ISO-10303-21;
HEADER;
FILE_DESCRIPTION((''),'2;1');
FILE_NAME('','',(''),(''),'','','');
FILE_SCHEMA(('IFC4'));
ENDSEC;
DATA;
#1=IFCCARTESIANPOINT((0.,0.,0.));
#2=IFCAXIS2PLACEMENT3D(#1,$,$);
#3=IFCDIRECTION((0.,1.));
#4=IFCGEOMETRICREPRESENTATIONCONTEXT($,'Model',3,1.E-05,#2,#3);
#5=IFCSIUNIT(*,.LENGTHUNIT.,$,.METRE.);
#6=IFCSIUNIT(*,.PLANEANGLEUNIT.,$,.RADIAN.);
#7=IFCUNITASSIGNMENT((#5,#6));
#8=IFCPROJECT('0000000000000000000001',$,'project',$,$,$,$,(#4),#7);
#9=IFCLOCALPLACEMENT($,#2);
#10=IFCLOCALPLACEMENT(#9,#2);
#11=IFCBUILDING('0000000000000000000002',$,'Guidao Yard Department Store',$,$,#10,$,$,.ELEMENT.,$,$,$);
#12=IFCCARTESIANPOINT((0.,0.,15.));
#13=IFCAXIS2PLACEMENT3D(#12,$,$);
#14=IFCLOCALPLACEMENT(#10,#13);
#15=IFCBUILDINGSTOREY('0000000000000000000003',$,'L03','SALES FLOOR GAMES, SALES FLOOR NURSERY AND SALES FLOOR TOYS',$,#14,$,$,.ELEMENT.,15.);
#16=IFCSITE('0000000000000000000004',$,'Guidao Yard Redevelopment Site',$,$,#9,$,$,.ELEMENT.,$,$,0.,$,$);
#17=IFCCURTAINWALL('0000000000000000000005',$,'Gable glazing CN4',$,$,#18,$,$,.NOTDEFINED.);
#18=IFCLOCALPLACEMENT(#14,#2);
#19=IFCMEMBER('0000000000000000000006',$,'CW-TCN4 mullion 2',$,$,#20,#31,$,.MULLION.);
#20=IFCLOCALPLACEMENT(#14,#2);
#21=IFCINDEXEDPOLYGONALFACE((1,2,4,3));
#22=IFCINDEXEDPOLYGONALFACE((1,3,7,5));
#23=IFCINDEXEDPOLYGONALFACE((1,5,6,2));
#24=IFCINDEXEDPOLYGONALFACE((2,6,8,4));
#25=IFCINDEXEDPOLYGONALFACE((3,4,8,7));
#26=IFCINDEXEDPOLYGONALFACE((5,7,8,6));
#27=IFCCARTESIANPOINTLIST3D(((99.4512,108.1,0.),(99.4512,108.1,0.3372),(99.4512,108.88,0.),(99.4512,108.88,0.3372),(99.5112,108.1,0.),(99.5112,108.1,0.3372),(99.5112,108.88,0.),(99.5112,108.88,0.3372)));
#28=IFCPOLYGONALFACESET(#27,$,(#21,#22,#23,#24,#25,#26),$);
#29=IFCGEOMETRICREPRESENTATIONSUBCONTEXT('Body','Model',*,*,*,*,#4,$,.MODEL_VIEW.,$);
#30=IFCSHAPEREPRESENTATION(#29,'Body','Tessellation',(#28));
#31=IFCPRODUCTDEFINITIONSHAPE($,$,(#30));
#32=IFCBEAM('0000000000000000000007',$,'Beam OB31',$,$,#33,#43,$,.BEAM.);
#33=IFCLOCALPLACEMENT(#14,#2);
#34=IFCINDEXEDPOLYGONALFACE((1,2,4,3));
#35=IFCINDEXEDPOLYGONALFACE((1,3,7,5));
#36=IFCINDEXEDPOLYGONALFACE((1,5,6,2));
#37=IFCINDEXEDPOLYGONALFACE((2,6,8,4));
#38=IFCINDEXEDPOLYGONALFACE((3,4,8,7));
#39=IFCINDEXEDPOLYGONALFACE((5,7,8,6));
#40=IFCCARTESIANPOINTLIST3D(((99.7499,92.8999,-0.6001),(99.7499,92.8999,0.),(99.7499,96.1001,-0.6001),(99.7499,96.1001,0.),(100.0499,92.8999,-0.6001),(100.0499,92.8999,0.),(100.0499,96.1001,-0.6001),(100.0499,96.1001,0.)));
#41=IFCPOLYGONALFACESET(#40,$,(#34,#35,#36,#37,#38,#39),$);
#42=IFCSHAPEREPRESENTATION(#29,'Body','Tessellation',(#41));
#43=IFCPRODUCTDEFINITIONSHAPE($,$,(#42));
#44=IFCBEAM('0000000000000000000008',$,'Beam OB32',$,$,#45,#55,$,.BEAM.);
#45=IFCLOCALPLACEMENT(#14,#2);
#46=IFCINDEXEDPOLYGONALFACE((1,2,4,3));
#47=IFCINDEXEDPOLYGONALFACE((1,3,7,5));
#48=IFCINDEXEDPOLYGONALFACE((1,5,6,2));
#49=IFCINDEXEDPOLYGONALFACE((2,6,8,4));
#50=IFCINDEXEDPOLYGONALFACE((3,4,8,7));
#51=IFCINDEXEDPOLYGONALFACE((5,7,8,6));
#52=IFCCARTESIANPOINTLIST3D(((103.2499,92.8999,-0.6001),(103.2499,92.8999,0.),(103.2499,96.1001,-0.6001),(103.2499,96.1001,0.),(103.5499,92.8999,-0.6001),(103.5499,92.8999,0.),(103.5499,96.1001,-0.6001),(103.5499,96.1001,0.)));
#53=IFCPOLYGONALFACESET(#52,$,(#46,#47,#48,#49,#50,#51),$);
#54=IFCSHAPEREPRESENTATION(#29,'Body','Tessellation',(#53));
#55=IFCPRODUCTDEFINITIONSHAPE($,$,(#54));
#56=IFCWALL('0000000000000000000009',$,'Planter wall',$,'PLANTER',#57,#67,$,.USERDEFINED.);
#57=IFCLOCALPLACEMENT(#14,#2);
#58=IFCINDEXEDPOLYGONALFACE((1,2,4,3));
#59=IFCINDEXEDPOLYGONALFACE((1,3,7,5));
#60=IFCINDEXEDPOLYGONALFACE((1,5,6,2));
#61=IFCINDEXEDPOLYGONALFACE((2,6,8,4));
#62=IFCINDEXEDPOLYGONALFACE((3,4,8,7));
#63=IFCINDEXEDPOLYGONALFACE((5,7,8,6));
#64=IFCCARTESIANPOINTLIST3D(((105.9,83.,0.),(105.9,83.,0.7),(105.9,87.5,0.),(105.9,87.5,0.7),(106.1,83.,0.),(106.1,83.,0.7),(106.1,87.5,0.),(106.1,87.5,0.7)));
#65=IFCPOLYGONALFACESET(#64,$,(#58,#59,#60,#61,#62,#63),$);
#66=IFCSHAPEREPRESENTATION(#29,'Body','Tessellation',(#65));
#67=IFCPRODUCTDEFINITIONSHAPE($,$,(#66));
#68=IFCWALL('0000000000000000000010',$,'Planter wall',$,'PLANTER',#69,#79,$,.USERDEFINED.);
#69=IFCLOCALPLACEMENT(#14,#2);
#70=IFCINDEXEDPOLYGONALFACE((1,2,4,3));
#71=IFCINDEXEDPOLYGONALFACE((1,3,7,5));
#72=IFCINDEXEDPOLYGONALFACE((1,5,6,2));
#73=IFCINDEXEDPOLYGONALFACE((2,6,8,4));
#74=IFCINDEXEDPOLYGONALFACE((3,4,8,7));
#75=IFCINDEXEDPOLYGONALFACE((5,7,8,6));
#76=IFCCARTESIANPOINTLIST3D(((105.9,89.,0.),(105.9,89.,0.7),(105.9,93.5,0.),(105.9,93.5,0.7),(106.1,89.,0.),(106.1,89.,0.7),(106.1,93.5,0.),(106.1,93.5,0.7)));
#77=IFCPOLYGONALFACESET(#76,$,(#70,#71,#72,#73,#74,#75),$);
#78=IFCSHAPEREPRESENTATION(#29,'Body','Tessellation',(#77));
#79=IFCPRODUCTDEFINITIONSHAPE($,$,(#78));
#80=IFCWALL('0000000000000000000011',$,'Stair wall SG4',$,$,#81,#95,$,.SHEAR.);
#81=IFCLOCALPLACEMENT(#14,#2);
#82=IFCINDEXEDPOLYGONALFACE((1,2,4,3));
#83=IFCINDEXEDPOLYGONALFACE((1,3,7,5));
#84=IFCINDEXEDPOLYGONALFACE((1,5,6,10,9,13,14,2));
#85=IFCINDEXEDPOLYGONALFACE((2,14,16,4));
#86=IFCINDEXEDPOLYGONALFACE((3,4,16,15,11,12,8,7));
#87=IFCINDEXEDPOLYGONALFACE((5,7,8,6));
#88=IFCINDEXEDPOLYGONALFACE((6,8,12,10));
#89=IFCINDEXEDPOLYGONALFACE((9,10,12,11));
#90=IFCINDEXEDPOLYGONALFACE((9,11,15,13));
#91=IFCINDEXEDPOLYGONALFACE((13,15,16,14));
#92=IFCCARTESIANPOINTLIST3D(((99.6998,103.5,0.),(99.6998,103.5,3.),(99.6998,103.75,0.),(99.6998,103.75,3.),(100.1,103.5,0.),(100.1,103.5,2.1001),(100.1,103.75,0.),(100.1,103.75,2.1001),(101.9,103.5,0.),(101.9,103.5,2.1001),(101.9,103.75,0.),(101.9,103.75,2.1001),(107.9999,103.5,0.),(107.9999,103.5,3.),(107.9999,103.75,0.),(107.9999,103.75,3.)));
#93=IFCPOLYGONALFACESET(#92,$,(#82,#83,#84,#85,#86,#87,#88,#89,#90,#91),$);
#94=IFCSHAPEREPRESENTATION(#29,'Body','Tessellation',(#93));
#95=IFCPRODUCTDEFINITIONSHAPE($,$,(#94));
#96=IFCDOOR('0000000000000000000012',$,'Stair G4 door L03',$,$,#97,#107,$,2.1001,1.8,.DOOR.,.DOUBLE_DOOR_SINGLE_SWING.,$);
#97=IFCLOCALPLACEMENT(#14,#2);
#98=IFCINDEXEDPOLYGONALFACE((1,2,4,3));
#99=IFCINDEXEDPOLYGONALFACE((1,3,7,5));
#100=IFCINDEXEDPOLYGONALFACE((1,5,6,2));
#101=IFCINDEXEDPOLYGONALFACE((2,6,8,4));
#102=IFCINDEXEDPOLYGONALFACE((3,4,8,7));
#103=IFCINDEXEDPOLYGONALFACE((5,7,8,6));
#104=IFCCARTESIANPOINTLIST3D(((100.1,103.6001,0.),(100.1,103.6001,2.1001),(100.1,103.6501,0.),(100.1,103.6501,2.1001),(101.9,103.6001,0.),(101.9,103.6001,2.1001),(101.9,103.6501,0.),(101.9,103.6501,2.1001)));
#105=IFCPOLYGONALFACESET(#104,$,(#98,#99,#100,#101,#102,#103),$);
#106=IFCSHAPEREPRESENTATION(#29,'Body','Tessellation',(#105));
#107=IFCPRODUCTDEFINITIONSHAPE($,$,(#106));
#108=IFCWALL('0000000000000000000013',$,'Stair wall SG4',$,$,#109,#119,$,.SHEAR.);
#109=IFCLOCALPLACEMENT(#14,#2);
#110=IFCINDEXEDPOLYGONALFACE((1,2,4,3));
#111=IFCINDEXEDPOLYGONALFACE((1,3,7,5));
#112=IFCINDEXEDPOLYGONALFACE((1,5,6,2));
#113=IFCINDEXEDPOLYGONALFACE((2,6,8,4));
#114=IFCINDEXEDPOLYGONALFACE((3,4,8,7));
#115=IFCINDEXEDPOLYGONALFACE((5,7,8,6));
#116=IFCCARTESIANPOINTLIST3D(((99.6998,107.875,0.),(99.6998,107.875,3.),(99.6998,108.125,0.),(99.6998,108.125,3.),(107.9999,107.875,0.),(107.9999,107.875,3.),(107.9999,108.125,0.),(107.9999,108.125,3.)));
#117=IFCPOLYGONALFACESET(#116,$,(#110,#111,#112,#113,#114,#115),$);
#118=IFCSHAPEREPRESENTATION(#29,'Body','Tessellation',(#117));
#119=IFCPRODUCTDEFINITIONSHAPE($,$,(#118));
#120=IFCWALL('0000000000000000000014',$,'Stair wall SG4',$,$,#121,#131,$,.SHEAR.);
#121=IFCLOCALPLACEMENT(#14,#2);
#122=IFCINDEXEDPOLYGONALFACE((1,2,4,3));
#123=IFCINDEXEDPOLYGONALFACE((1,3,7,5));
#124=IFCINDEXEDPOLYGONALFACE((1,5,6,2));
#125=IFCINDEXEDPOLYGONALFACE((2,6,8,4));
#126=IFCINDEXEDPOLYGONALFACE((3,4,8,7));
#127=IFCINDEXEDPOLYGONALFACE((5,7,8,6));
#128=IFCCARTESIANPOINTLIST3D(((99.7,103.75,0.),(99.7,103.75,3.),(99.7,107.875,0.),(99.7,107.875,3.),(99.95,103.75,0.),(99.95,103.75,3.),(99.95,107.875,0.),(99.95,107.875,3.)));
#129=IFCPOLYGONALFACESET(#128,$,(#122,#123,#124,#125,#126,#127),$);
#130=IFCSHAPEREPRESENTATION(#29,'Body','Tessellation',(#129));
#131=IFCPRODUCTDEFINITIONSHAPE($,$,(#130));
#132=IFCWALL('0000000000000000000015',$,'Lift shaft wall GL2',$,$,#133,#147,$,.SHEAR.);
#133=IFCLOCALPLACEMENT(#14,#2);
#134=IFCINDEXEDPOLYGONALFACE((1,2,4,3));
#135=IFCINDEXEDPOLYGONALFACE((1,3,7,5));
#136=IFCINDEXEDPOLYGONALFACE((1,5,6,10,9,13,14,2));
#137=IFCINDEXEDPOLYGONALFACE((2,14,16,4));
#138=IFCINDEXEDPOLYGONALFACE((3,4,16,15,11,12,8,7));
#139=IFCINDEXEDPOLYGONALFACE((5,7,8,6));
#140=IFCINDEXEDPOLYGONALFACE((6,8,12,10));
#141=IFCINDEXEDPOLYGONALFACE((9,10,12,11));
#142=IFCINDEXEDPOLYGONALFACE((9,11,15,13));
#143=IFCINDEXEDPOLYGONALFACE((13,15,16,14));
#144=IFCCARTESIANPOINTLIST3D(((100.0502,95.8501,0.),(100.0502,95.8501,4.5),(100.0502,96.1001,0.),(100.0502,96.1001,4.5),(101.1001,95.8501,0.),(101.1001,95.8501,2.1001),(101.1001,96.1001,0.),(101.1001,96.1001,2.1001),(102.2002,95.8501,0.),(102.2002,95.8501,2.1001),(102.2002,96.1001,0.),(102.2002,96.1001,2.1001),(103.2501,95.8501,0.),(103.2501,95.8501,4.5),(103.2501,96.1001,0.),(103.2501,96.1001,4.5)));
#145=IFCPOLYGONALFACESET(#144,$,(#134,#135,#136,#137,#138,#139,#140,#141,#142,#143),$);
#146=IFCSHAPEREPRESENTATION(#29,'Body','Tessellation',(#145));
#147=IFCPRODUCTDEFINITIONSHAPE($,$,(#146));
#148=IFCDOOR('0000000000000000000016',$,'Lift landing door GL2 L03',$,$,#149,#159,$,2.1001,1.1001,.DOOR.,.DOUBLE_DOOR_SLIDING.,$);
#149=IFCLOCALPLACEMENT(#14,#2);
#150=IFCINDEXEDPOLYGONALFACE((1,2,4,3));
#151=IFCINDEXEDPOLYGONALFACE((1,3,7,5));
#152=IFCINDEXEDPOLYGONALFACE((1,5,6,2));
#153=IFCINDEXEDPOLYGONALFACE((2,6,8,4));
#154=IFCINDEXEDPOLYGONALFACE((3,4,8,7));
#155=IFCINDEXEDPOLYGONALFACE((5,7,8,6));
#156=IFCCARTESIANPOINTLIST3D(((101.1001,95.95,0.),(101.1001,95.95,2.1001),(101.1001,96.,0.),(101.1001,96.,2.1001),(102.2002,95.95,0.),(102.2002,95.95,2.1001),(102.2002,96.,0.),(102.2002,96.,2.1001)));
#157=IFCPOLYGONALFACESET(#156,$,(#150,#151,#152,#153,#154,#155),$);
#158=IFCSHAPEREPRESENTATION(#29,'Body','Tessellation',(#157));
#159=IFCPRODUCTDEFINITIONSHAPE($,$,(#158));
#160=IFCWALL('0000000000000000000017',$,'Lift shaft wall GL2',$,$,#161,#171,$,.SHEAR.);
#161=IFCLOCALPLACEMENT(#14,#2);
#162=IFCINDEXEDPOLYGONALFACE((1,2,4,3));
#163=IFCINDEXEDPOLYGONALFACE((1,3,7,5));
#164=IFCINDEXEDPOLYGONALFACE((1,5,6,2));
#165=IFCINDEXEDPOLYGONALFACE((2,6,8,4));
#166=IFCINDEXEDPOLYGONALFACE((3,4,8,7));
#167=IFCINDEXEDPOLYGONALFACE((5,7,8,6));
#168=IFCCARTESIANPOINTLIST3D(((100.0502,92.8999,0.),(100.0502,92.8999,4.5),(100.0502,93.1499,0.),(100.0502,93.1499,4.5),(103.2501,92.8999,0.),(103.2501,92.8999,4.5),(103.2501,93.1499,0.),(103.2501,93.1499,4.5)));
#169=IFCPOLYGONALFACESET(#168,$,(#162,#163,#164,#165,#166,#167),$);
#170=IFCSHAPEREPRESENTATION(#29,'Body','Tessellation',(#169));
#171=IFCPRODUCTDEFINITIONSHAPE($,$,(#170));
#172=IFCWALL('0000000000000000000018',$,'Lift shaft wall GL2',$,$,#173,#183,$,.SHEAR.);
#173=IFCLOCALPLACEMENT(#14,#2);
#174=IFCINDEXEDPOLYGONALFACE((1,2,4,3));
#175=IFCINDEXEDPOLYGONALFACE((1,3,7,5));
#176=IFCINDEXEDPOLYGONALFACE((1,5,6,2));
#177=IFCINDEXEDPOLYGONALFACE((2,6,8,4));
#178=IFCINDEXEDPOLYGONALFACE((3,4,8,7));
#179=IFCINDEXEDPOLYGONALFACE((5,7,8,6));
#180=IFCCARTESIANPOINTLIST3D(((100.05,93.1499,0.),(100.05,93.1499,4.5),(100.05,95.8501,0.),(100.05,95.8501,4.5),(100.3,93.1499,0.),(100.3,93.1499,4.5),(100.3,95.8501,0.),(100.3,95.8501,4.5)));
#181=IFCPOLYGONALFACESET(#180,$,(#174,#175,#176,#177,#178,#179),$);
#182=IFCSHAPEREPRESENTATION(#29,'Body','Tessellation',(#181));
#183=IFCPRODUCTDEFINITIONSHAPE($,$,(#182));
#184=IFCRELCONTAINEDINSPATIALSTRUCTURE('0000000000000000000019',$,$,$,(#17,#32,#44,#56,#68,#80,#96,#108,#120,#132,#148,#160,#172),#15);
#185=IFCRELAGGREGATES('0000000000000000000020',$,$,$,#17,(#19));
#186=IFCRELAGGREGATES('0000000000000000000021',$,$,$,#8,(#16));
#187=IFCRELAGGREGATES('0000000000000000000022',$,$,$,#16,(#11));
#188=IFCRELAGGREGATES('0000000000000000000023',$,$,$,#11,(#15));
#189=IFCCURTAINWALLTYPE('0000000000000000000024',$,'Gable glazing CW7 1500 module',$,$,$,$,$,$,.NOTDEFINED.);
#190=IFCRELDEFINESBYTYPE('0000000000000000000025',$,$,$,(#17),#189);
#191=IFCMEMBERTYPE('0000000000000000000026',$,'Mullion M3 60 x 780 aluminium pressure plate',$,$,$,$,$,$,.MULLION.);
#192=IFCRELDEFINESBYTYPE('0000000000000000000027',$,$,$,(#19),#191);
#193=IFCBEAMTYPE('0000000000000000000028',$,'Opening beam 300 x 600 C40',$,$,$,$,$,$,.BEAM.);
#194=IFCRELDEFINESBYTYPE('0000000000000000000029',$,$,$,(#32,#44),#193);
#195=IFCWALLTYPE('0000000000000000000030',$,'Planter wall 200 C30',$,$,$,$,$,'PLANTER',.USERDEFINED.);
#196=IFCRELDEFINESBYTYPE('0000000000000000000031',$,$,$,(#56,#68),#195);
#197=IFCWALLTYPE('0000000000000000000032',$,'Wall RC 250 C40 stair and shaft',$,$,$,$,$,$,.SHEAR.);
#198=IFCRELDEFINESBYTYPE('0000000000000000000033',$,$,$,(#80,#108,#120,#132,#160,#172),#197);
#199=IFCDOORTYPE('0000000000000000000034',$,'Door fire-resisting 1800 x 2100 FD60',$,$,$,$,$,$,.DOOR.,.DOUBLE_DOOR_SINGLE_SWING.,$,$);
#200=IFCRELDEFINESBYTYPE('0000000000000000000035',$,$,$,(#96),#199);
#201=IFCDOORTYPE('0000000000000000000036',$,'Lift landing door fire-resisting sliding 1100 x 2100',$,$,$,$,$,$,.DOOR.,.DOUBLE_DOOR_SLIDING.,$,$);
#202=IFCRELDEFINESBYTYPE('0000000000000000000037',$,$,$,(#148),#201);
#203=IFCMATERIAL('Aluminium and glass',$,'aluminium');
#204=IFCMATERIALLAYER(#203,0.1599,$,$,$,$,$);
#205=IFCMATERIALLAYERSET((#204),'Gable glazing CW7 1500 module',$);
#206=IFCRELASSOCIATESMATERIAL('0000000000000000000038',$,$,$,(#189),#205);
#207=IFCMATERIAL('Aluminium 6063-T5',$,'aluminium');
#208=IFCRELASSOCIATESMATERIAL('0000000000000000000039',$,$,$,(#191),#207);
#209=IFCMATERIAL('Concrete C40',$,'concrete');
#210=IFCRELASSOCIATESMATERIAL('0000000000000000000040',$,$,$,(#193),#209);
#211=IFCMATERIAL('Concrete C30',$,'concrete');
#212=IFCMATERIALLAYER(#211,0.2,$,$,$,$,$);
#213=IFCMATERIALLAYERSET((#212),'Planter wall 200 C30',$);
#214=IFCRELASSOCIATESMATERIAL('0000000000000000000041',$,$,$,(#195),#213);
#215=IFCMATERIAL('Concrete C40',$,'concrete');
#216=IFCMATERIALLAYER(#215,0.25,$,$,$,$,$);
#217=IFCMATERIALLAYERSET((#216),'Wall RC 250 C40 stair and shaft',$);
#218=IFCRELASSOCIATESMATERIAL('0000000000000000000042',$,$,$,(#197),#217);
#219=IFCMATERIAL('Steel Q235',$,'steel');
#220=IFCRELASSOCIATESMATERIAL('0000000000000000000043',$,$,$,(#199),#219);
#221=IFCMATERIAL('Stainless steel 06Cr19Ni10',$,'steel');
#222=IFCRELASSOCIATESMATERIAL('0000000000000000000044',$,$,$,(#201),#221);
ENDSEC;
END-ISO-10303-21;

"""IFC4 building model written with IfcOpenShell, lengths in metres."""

from ifc_helpers import new_model, si_unit, direction, frame, frame_2d, origin, origin_2d, place, context, subcontext, project, spatial, rectangle, extrude, material, layer, layer_set, material_profile, profile_set, type_object, element, fill, aggregate, save


model = new_model("IFC4")

# Units and contexts
model_context = context("Model", 3, precision=1e-05, world=origin(), true_north=direction((0.0, 1.0)))
body_context = subcontext(model_context, "Body", "Model", "MODEL_VIEW")
ifc_project = project(units=[si_unit("LENGTHUNIT", "METRE"), si_unit("PLANEANGLEUNIT", "RADIAN")], contexts=[model_context])

# Site, building, storey
site_placement = place(None, origin())
site = spatial("IfcSite", under=ifc_project, at=site_placement, Name="Guidao Yard Redevelopment Site", CompositionType="ELEMENT", RefElevation=0.0)
building_placement = place(site_placement, origin())
building = spatial("IfcBuilding", under=site, at=building_placement, Name="Guidao Yard Department Store", CompositionType="ELEMENT")
storey_placement = place(building_placement, frame((0.0, 0.0, 15.0)))
storey = spatial("IfcBuildingStorey", under=building, at=storey_placement, Name="L03", Description="SALES FLOOR GAMES, SALES FLOOR NURSERY AND SALES FLOOR TOYS", CompositionType="ELEMENT", Elevation=15.0)

# Curtain wall, member
ifc_material_1 = material(Name="Aluminium and glass", Category="aluminium")
ifc_layer_1 = layer(ifc_material_1, 0.1599)
ifc_layer_set_1 = layer_set([ifc_layer_1], Name="Gable glazing CW7 1500 module")
curtain_wall_type = type_object("IfcCurtainWallType", Name="Gable glazing CW7 1500 module", PredefinedType="NOTDEFINED", material=ifc_layer_set_1)
curtain_wall_placement = place(storey_placement, origin())
curtain_wall = element("IfcCurtainWall", 1, at=curtain_wall_placement, inside=storey, type_object=curtain_wall_type, Name="Gable glazing CN4", PredefinedType="NOTDEFINED")
ifc_material_2 = material(Name="Aluminium 6063-T5", Category="aluminium")
ifc_material_profile_1 = material_profile(ifc_material_2, rectangle(XDim=0.0601, YDim=0.78, at=origin_2d()), Name="Mullion M3 60 x 780 aluminium pressure plate")
ifc_profile_set_1 = profile_set([ifc_material_profile_1], Name="Aluminium 6063-T5")
member_type = type_object("IfcMemberType", Name="Mullion M3 60 x 780 aluminium pressure plate", PredefinedType="MULLION", material=ifc_profile_set_1)
member_placement = place(storey_placement, frame((99.4812, 108.49, 0.0), z_axis=(0.0, 0.0, 1.0), x_axis=(1.0, 0.0, 0.0)))
member = element("IfcMember", 2, at=member_placement, type_object=member_type, Name="CW-TCN4 mullion 2", PredefinedType="MULLION", context=body_context, shape_type="SweptSolid", body=[
    extrude(rectangle(XDim=0.0601, YDim=0.78, at=origin_2d()), origin(), (0.0, 0.0, 1.0), 0.3372),
])
aggregate(curtain_wall, [member])

# Beams
ifc_material_3 = material(Name="Concrete C40", Category="concrete")
ifc_material_profile_2 = material_profile(ifc_material_3, rectangle(XDim=0.3, YDim=0.6001, at=origin_2d()), Name="Opening beam 300 x 600 C40")
ifc_profile_set_2 = profile_set([ifc_material_profile_2], Name="Concrete C40")
beam_type = type_object("IfcBeamType", Name="Opening beam 300 x 600 C40", PredefinedType="BEAM", material=ifc_profile_set_2)
for number, where, z_axis, x_axis, name in (
    (3, (99.8999, 92.8999, -0.3), (0.0, 1.0, 0.0), (-1.0, 0.0, 0.0), "Beam OB31"),
    (4, (103.3999, 92.8999, -0.3), (0.0, 1.0, 0.0), (-1.0, 0.0, 0.0), "Beam OB32"),
):
    element("IfcBeam", number, at=place(storey_placement, frame(where, z_axis=z_axis, x_axis=x_axis)), inside=storey, type_object=beam_type, Name=name, PredefinedType="BEAM", context=body_context, shape_type="SweptSolid", body=[
        extrude(rectangle(XDim=0.3, YDim=0.6001, at=origin_2d()), origin(), (0.0, 0.0, 1.0), 3.2002),
    ])

# Walls
ifc_material_4 = material(Name="Concrete C30", Category="concrete")
ifc_layer_2 = layer(ifc_material_4, 0.2)
ifc_layer_set_2 = layer_set([ifc_layer_2], Name="Planter wall 200 C30")
wall_type_1 = type_object("IfcWallType", Name="Planter wall 200 C30", ElementType="PLANTER", PredefinedType="USERDEFINED", material=ifc_layer_set_2)
for number, where, z_axis, x_axis, name in (
    (5, (106.0, 83.0, 0.0), (0.0, 0.0, 1.0), (0.0, 1.0, 0.0), "Planter wall"),
    (6, (106.0, 89.0, 0.0), (0.0, 0.0, 1.0), (0.0, 1.0, 0.0), "Planter wall"),
):
    element("IfcWall", number, at=place(storey_placement, frame(where, z_axis=z_axis, x_axis=x_axis)), inside=storey, type_object=wall_type_1, Name=name, ObjectType="PLANTER", PredefinedType="USERDEFINED", context=body_context, shape_type="SweptSolid", body=[
        extrude(rectangle(XDim=4.5, YDim=0.2, at=frame_2d((2.25, 0.0))), origin(), (0.0, 0.0, 1.0), 0.7),
    ])

# Wall, opening, door
ifc_material_5 = material(Name="Concrete C40", Category="concrete")
ifc_layer_3 = layer(ifc_material_5, 0.25)
ifc_layer_set_3 = layer_set([ifc_layer_3], Name="Wall RC 250 C40 stair and shaft")
wall_type_2 = type_object("IfcWallType", Name="Wall RC 250 C40 stair and shaft", PredefinedType="SHEAR", material=ifc_layer_set_3)
wall_1_placement = place(storey_placement, frame((99.7, 103.625, 0.0), z_axis=(0.0, 0.0, 1.0), x_axis=(1.0, 0.0, 0.0)))
wall_1 = element("IfcWall", 7, at=wall_1_placement, inside=storey, type_object=wall_type_2, Name="Stair wall SG4", PredefinedType="SHEAR", context=body_context, shape_type="SweptSolid", body=[
    extrude(rectangle(XDim=8.3, YDim=0.25, at=frame_2d((4.1499, 0.0))), origin(), (0.0, 0.0, 1.0), 3.0),
])
opening_1_placement = place(wall_1_placement, frame((2.2, 0.0, 0.0), z_axis=(0.0, 0.0, 1.0), x_axis=(-1.0, 0.0, 0.0)))
opening_1 = element("IfcOpeningElement", 8, at=opening_1_placement, cuts=wall_1, PredefinedType="OPENING", context=body_context, shape_type="SweptSolid", body=[
    extrude(rectangle(XDim=1.8, YDim=2.1001, at=frame_2d((0.8999, 1.05))), frame((0.0, 0.135, 0.0), z_axis=(0.0, -1.0, 0.0), x_axis=(1.0, 0.0, 0.0)), (0.0, 0.0, 1.0), 0.27),
])
ifc_material_6 = material(Name="Steel Q235", Category="steel")
door_type_1 = type_object("IfcDoorType", Name="Door fire-resisting 1800 x 2100 FD60", OperationType="DOUBLE_DOOR_SINGLE_SWING", PredefinedType="DOOR", material=ifc_material_6)
door_1_placement = place(opening_1_placement, origin())
door_1 = element("IfcDoor", 9, at=door_1_placement, inside=storey, type_object=door_type_1, Name="Stair G4 door L03", OperationType="DOUBLE_DOOR_SINGLE_SWING", OverallHeight=2.1001, OverallWidth=1.8, PredefinedType="DOOR", context=body_context, shape_type="SweptSolid", body=[
    extrude(rectangle(XDim=1.8, YDim=2.1001, at=frame_2d((0.8999, 1.05))), frame((0.0, 0.0249, 0.0), z_axis=(0.0, -1.0, 0.0), x_axis=(1.0, 0.0, 0.0)), (0.0, 0.0, 1.0), 0.05),
])
fill(opening_1, door_1)

# Walls
wall_2_placement = place(storey_placement, frame((99.7, 108.0, 0.0), z_axis=(0.0, 0.0, 1.0), x_axis=(1.0, 0.0, 0.0)))
element("IfcWall", 10, at=wall_2_placement, inside=storey, type_object=wall_type_2, Name="Stair wall SG4", PredefinedType="SHEAR", context=body_context, shape_type="SweptSolid", body=[
    extrude(rectangle(XDim=8.3, YDim=0.25, at=frame_2d((4.1499, 0.0))), origin(), (0.0, 0.0, 1.0), 3.0),
])
wall_3_placement = place(storey_placement, frame((99.825, 103.75, 0.0), z_axis=(0.0, 0.0, 1.0), x_axis=(0.0, 1.0, 0.0)))
element("IfcWall", 11, at=wall_3_placement, inside=storey, type_object=wall_type_2, Name="Stair wall SG4", PredefinedType="SHEAR", context=body_context, shape_type="SweptSolid", body=[
    extrude(rectangle(XDim=4.125, YDim=0.25, at=frame_2d((2.0625, 0.0))), origin(), (0.0, 0.0, 1.0), 3.0),
])

# Wall, opening, door
wall_4_placement = place(storey_placement, frame((100.05, 95.9751, 0.0), z_axis=(0.0, 0.0, 1.0), x_axis=(1.0, 0.0, 0.0)))
wall_4 = element("IfcWall", 12, at=wall_4_placement, inside=storey, type_object=wall_type_2, Name="Lift shaft wall GL2", PredefinedType="SHEAR", context=body_context, shape_type="SweptSolid", body=[
    extrude(rectangle(XDim=3.2, YDim=0.25, at=frame_2d((1.6001, 0.0))), origin(), (0.0, 0.0, 1.0), 4.5),
])
opening_2_placement = place(wall_4_placement, frame((1.05, 0.0, 0.0)))
opening_2 = element("IfcOpeningElement", 13, at=opening_2_placement, cuts=wall_4, PredefinedType="OPENING", context=body_context, shape_type="SweptSolid", body=[
    extrude(rectangle(XDim=1.1001, YDim=2.1001, at=frame_2d((0.55, 1.05))), frame((0.0, 0.135, 0.0), z_axis=(0.0, -1.0, 0.0), x_axis=(1.0, 0.0, 0.0)), (0.0, 0.0, 1.0), 0.27),
])
ifc_material_7 = material(Name="Stainless steel 06Cr19Ni10", Category="steel")
door_type_2 = type_object("IfcDoorType", Name="Lift landing door fire-resisting sliding 1100 x 2100", OperationType="DOUBLE_DOOR_SLIDING", PredefinedType="DOOR", material=ifc_material_7)
door_2_placement = place(opening_2_placement, origin())
door_2 = element("IfcDoor", 14, at=door_2_placement, inside=storey, type_object=door_type_2, Name="Lift landing door GL2 L03", OperationType="DOUBLE_DOOR_SLIDING", OverallHeight=2.1001, OverallWidth=1.1001, PredefinedType="DOOR", context=body_context, shape_type="SweptSolid", body=[
    extrude(rectangle(XDim=1.1001, YDim=2.1001, at=frame_2d((0.55, 1.05))), frame((0.0, 0.0249, 0.0), z_axis=(0.0, -1.0, 0.0), x_axis=(1.0, 0.0, 0.0)), (0.0, 0.0, 1.0), 0.05),
])
fill(opening_2, door_2)

# Walls
wall_5_placement = place(storey_placement, frame((100.05, 93.0249, 0.0), z_axis=(0.0, 0.0, 1.0), x_axis=(1.0, 0.0, 0.0)))
element("IfcWall", 15, at=wall_5_placement, inside=storey, type_object=wall_type_2, Name="Lift shaft wall GL2", PredefinedType="SHEAR", context=body_context, shape_type="SweptSolid", body=[
    extrude(rectangle(XDim=3.2, YDim=0.25, at=frame_2d((1.6001, 0.0))), origin(), (0.0, 0.0, 1.0), 4.5),
])
for number, where, z_axis, x_axis, name in (
    (16, (100.175, 93.1499, 0.0), (0.0, 0.0, 1.0), (0.0, 1.0, 0.0), "Lift shaft wall GL2"),
):
    element("IfcWall", number, at=place(storey_placement, frame(where, z_axis=z_axis, x_axis=x_axis)), inside=storey, type_object=wall_type_2, Name=name, PredefinedType="SHEAR", context=body_context, shape_type="SweptSolid", body=[
        extrude(rectangle(XDim=2.7002, YDim=0.25, at=frame_2d((1.3501, 0.0))), origin(), (0.0, 0.0, 1.0), 4.5),
    ])

save(model, "model.ifc")
